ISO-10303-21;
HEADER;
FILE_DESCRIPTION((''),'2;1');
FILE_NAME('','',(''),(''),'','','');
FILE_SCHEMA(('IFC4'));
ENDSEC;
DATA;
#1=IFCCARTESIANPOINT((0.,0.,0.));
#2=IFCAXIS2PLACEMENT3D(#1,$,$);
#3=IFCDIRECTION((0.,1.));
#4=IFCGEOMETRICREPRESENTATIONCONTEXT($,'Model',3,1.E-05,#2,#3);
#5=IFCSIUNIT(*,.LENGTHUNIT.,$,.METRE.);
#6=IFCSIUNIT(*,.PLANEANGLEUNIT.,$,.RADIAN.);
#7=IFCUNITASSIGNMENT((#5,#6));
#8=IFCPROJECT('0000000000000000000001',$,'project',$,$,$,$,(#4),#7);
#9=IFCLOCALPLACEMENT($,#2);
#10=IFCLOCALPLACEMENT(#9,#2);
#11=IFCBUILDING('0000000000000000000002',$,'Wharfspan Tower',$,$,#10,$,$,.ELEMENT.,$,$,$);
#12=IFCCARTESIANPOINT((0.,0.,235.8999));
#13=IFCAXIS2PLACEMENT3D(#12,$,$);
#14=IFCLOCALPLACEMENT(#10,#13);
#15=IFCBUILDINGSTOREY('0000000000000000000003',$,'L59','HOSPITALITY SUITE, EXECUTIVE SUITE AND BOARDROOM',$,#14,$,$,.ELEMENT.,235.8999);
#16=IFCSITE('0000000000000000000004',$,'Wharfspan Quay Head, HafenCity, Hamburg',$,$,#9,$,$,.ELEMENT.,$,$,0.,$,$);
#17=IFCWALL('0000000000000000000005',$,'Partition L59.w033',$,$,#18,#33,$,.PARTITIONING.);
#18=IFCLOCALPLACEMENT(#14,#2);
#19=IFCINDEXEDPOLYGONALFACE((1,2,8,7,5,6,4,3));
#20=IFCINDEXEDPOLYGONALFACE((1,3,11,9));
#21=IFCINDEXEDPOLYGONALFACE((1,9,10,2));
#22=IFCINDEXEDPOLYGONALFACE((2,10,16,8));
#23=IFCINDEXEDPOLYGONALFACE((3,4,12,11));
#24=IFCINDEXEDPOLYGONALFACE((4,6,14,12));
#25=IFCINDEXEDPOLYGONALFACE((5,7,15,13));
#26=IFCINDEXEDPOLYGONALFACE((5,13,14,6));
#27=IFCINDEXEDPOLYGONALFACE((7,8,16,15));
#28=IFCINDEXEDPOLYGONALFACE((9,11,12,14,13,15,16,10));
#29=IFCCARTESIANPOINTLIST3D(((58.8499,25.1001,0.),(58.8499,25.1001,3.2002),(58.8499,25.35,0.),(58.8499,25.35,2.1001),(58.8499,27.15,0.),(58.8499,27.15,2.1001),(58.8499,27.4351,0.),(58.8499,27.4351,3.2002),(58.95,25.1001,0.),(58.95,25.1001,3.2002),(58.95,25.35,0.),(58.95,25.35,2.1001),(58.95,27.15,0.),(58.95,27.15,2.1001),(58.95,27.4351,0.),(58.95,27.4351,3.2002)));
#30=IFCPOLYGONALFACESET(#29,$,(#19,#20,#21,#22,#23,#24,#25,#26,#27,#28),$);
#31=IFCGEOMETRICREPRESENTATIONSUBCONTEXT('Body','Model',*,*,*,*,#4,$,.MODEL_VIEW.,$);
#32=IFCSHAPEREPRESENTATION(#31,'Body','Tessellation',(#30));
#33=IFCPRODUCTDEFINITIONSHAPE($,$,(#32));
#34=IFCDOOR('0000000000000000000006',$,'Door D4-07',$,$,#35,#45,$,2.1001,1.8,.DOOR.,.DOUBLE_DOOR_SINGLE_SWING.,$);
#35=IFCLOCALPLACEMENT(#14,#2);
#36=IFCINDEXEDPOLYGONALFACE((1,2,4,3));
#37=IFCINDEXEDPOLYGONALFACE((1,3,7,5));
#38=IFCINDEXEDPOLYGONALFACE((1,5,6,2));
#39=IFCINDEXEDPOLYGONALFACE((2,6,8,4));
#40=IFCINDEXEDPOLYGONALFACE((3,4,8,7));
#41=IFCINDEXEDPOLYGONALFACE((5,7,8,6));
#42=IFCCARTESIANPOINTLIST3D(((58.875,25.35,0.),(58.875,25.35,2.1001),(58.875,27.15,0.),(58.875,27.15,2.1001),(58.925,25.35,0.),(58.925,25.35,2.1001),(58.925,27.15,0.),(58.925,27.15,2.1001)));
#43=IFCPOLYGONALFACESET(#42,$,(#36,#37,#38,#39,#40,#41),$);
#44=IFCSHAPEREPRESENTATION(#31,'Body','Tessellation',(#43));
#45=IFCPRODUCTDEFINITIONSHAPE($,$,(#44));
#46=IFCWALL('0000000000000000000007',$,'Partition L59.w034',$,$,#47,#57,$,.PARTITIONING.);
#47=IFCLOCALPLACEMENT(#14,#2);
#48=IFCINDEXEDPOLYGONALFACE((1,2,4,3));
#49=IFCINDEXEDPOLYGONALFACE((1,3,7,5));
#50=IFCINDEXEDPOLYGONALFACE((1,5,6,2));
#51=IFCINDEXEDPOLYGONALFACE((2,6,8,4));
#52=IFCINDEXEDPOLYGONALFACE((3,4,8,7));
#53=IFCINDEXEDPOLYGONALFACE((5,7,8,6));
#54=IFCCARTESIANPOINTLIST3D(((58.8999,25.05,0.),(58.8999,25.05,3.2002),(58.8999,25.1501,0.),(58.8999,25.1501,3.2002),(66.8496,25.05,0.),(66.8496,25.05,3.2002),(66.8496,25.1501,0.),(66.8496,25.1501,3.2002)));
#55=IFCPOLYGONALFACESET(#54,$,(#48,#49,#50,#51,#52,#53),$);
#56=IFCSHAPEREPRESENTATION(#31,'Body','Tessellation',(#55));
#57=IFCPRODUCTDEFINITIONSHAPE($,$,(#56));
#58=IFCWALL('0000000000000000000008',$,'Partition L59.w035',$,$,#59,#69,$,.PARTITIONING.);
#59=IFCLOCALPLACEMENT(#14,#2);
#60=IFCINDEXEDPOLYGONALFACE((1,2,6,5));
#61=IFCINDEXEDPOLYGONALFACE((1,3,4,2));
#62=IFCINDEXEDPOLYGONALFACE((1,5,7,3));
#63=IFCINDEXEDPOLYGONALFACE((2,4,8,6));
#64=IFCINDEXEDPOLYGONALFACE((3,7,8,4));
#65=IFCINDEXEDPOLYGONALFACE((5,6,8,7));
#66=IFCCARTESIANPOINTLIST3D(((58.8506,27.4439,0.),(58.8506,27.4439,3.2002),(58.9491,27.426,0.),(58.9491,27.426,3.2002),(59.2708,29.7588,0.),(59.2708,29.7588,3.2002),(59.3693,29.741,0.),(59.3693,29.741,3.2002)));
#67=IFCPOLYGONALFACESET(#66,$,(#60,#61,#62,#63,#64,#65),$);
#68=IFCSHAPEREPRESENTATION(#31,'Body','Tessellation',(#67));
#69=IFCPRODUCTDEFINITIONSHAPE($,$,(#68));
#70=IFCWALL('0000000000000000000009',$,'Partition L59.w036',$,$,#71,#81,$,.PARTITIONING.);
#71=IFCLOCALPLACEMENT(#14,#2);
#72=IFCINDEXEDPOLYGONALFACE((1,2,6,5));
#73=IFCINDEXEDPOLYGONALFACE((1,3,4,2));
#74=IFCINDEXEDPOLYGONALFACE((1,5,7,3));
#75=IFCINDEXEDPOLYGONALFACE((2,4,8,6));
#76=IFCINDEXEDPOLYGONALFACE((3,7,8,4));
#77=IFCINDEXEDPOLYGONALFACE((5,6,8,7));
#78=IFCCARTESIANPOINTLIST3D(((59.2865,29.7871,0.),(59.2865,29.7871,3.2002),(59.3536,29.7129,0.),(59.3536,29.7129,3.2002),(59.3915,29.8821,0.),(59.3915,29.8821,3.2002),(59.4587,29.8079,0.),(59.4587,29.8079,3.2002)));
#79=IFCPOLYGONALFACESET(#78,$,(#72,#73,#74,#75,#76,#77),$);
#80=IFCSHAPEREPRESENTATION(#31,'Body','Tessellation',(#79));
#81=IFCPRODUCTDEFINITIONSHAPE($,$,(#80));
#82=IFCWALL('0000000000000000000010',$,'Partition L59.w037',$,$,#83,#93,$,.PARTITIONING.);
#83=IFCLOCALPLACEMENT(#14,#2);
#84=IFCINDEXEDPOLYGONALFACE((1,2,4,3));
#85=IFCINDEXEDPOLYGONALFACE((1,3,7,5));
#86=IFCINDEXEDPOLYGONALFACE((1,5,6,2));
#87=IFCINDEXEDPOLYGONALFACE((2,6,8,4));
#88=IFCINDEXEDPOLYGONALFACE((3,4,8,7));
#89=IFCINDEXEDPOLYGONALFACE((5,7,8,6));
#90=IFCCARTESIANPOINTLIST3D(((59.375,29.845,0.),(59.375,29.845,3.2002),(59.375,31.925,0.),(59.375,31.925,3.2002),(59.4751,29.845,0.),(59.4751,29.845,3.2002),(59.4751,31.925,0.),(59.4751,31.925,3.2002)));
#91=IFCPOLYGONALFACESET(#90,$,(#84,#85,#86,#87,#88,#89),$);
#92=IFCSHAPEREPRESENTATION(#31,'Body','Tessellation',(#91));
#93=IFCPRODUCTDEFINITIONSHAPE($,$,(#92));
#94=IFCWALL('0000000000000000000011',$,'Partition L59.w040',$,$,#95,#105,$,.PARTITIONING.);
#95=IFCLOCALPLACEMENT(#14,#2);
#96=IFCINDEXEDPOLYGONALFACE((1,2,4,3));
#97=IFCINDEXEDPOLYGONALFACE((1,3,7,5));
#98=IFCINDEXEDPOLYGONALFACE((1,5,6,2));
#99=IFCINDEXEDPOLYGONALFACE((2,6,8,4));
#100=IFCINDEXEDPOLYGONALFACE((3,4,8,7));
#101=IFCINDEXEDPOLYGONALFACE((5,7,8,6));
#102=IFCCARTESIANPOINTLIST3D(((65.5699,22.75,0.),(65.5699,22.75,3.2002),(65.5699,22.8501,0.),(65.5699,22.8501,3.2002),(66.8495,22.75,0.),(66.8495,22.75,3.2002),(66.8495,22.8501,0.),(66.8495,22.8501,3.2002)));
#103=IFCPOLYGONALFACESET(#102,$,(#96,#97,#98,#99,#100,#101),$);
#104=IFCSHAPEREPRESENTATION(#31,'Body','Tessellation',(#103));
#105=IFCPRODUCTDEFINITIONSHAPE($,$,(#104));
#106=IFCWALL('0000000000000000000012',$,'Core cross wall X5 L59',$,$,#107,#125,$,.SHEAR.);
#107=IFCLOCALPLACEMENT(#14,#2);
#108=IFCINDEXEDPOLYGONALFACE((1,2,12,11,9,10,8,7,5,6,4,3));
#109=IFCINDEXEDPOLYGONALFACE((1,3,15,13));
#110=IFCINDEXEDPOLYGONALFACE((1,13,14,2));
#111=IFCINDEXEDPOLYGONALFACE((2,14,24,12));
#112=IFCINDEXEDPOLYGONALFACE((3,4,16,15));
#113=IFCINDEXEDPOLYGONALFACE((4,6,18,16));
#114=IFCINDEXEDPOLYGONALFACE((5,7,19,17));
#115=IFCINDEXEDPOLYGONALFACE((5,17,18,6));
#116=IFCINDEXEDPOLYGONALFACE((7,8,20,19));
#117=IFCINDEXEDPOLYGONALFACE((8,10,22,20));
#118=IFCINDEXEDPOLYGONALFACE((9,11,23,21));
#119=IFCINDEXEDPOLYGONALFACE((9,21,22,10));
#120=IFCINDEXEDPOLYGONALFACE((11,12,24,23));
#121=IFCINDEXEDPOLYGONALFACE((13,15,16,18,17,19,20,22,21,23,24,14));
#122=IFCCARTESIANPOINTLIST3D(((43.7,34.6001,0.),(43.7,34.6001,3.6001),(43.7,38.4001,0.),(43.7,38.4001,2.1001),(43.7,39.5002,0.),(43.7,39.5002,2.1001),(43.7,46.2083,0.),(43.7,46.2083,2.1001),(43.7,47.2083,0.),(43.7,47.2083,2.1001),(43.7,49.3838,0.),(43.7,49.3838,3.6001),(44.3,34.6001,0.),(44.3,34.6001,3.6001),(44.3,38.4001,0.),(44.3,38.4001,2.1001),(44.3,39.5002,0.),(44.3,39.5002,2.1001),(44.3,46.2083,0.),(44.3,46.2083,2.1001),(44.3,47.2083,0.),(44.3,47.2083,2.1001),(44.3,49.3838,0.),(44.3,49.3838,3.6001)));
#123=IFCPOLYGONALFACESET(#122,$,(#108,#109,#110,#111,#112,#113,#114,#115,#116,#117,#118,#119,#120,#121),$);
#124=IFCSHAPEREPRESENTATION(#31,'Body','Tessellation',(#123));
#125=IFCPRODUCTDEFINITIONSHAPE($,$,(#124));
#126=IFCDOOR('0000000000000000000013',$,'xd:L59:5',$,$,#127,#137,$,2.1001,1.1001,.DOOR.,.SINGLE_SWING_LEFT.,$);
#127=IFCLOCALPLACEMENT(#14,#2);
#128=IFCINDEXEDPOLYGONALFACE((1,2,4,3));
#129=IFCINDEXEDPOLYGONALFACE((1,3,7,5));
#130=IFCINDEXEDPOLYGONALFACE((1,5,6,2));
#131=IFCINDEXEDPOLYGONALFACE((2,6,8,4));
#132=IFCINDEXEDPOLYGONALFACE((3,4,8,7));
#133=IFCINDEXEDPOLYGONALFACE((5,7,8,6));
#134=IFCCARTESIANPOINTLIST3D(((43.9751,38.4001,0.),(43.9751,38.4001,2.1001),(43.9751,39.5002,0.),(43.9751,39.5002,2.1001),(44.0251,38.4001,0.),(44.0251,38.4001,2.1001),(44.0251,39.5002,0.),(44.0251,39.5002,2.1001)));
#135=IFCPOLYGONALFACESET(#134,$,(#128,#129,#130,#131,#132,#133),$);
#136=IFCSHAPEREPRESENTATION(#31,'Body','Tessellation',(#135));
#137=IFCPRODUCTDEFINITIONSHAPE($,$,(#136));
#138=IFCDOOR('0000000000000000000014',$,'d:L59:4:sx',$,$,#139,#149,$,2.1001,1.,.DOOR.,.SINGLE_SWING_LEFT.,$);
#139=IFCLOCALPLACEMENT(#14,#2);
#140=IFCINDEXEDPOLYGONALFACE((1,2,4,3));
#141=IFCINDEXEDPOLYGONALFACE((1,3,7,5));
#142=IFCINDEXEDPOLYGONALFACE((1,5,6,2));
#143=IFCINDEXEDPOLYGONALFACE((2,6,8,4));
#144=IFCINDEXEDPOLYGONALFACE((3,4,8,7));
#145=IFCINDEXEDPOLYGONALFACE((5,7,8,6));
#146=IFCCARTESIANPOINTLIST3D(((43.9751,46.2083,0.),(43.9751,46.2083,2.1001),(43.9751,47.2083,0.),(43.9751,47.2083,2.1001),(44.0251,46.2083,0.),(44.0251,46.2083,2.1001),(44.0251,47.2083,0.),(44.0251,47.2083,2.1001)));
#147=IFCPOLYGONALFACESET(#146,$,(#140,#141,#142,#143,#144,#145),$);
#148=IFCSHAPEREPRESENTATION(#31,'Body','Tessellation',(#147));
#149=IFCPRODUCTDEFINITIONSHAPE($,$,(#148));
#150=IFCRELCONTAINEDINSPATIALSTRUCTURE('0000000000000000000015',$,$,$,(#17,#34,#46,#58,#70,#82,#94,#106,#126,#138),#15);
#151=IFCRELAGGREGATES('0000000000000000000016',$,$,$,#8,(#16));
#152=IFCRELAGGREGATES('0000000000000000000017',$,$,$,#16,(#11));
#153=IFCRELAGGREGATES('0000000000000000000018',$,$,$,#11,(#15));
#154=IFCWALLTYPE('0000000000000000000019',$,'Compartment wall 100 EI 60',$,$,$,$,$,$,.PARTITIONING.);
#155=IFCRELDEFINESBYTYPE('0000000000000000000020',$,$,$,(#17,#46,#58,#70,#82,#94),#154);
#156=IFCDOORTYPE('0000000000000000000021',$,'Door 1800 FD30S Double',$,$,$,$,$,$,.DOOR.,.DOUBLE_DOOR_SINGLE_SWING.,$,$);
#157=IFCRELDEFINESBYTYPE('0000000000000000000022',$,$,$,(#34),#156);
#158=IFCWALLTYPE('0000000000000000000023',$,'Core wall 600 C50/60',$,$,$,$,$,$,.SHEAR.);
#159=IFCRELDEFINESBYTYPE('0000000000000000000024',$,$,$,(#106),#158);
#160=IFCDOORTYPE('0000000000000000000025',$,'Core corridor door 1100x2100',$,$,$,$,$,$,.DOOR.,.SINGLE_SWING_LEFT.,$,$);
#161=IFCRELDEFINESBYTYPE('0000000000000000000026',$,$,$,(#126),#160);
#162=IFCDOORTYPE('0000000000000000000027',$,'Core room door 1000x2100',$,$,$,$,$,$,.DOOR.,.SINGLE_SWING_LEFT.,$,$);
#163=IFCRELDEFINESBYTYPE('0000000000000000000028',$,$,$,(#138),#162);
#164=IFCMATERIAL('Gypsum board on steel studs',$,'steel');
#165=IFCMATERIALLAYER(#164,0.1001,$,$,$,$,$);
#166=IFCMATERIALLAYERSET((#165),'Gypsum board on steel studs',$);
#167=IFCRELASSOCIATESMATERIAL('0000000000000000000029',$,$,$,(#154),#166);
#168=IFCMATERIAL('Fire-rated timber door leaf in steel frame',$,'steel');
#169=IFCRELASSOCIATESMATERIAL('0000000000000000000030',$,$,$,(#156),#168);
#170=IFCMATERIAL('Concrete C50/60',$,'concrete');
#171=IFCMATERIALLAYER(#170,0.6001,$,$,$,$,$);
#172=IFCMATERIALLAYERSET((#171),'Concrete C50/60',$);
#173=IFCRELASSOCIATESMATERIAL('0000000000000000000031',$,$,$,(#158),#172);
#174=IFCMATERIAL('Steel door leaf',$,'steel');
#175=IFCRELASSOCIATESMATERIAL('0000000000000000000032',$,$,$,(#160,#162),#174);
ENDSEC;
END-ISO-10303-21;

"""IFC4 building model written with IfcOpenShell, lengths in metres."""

from ifc_helpers import new_model, si_unit, direction, frame, frame_2d, origin, place, context, subcontext, project, spatial, rectangle, extrude, material, layer, layer_set, type_object, element, fill, save


model = new_model("IFC4")

# Units and contexts
model_context = context("Model", 3, precision=1e-05, world=origin(), true_north=direction((0.0, 1.0)))
body_context = subcontext(model_context, "Body", "Model", "MODEL_VIEW")
ifc_project = project(units=[si_unit("LENGTHUNIT", "METRE"), si_unit("PLANEANGLEUNIT", "RADIAN")], contexts=[model_context])

# Site, building, storey
site_placement = place(None, origin())
site = spatial("IfcSite", under=ifc_project, at=site_placement, Name="Wharfspan Quay Head, HafenCity, Hamburg", CompositionType="ELEMENT", RefElevation=0.0)
building_placement = place(site_placement, origin())
building = spatial("IfcBuilding", under=site, at=building_placement, Name="Wharfspan Tower", CompositionType="ELEMENT")
storey_placement = place(building_placement, frame((0.0, 0.0, 235.8999)))
storey = spatial("IfcBuildingStorey", under=building, at=storey_placement, Name="L59", Description="HOSPITALITY SUITE, EXECUTIVE SUITE AND BOARDROOM", CompositionType="ELEMENT", Elevation=235.8999)

# Shared definitions
ifc_material_1 = material(Name="Gypsum board on steel studs", Category="steel")
ifc_layer_1 = layer(ifc_material_1, 0.1001)
ifc_layer_set_1 = layer_set([ifc_layer_1], Name="Gypsum board on steel studs")
wall_type_1 = type_object("IfcWallType", Name="Compartment wall 100 EI 60", PredefinedType="PARTITIONING", material=ifc_layer_set_1)
ifc_material_2 = material(Name="Fire-rated timber door leaf in steel frame", Category="steel")

# Wall, opening, door
wall_1_placement = place(storey_placement, frame((58.8999, 25.1001, 0.0), z_axis=(0.0, 0.0, 1.0), x_axis=(0.0, 1.0, 0.0)))
wall_1 = element("IfcWall", 1, at=wall_1_placement, inside=storey, type_object=wall_type_1, Name="Partition L59.w033", PredefinedType="PARTITIONING", context=body_context, shape_type="SweptSolid", body=[
    extrude(rectangle(XDim=2.335, YDim=0.1001, at=frame_2d((1.1675, 0.0))), origin(), (0.0, 0.0, 1.0), 3.2002),
])
opening_1_placement = place(wall_1_placement, frame((0.25, 0.0, 0.0)))
opening_1 = element("IfcOpeningElement", 2, at=opening_1_placement, cuts=wall_1, PredefinedType="OPENING", context=body_context, shape_type="SweptSolid", body=[
    extrude(rectangle(XDim=1.8, YDim=2.1001, at=frame_2d((0.8999, 1.05))), frame((0.0, 0.0601, 0.0), z_axis=(0.0, -1.0, 0.0), x_axis=(1.0, 0.0, 0.0)), (0.0, 0.0, 1.0), 0.1201),
])
door_type_1 = type_object("IfcDoorType", Name="Door 1800 FD30S Double", OperationType="DOUBLE_DOOR_SINGLE_SWING", PredefinedType="DOOR", material=ifc_material_2)
door_1_placement = place(opening_1_placement, origin())
door_1 = element("IfcDoor", 3, at=door_1_placement, inside=storey, type_object=door_type_1, Name="Door D4-07", OperationType="DOUBLE_DOOR_SINGLE_SWING", OverallHeight=2.1001, OverallWidth=1.8, PredefinedType="DOOR", context=body_context, shape_type="SweptSolid", body=[
    extrude(rectangle(XDim=1.8, YDim=2.1001, at=frame_2d((0.8999, 1.05))), frame((0.0, 0.0249, 0.0), z_axis=(0.0, -1.0, 0.0), x_axis=(1.0, 0.0, 0.0)), (0.0, 0.0, 1.0), 0.05),
])
fill(opening_1, door_1)

# Walls
wall_2_placement = place(storey_placement, frame((58.8999, 25.1001, 0.0), z_axis=(0.0, 0.0, 1.0), x_axis=(1.0, 0.0, 0.0)))
element("IfcWall", 4, at=wall_2_placement, inside=storey, type_object=wall_type_1, Name="Partition L59.w034", PredefinedType="PARTITIONING", context=body_context, shape_type="SweptSolid", body=[
    extrude(rectangle(XDim=7.9497, YDim=0.1001, at=frame_2d((3.9749, 0.0))), origin(), (0.0, 0.0, 1.0), 3.2002),
])
wall_3_placement = place(storey_placement, frame((58.8999, 27.4351, 0.0), z_axis=(0.0, 0.0, 1.0), x_axis=(0.178584, 0.983924, 0.0)))
element("IfcWall", 5, at=wall_3_placement, inside=storey, type_object=wall_type_1, Name="Partition L59.w035", PredefinedType="PARTITIONING", context=body_context, shape_type="SweptSolid", body=[
    extrude(rectangle(XDim=2.3528, YDim=0.1001, at=frame_2d((1.1763, 0.0))), origin(), (0.0, 0.0, 1.0), 3.2002),
])
wall_4_placement = place(storey_placement, frame((59.3201, 29.75, 0.0), z_axis=(0.0, 0.0, 1.0), x_axis=(0.741581, 0.670872, 0.0)))
element("IfcWall", 6, at=wall_4_placement, inside=storey, type_object=wall_type_1, Name="Partition L59.w036", PredefinedType="PARTITIONING", context=body_context, shape_type="SweptSolid", body=[
    extrude(rectangle(XDim=0.1416, YDim=0.1001, at=frame_2d((0.0708, 0.0))), origin(), (0.0, 0.0, 1.0), 3.2002),
])
wall_5_placement = place(storey_placement, frame((59.425, 29.845, 0.0), z_axis=(0.0, 0.0, 1.0), x_axis=(0.0, 1.0, 0.0)))
element("IfcWall", 7, at=wall_5_placement, inside=storey, type_object=wall_type_1, Name="Partition L59.w037", PredefinedType="PARTITIONING", context=body_context, shape_type="SweptSolid", body=[
    extrude(rectangle(XDim=2.0801, YDim=0.1001, at=frame_2d((1.04, 0.0))), origin(), (0.0, 0.0, 1.0), 3.2002),
])
wall_6_placement = place(storey_placement, frame((65.5701, 22.8, 0.0), z_axis=(0.0, 0.0, 1.0), x_axis=(1.0, 0.0, 0.0)))
element("IfcWall", 8, at=wall_6_placement, inside=storey, type_object=wall_type_1, Name="Partition L59.w040", PredefinedType="PARTITIONING", context=body_context, shape_type="SweptSolid", body=[
    extrude(rectangle(XDim=1.2795, YDim=0.1001, at=frame_2d((0.6396, 0.0))), origin(), (0.0, 0.0, 1.0), 3.2002),
])

# Wall, openings, doors
ifc_material_3 = material(Name="Concrete C50/60", Category="concrete")
ifc_layer_2 = layer(ifc_material_3, 0.6001)
ifc_layer_set_2 = layer_set([ifc_layer_2], Name="Concrete C50/60")
wall_type_2 = type_object("IfcWallType", Name="Core wall 600 C50/60", PredefinedType="SHEAR", material=ifc_layer_set_2)
wall_7_placement = place(storey_placement, frame((44.0, 34.6001, 0.0), z_axis=(0.0, 0.0, 1.0), x_axis=(0.0, 1.0, 0.0)))
wall_7 = element("IfcWall", 9, at=wall_7_placement, inside=storey, type_object=wall_type_2, Name="Core cross wall X5 L59", PredefinedType="SHEAR", context=body_context, shape_type="SweptSolid", body=[
    extrude(rectangle(XDim=14.7837, YDim=0.6001, at=frame_2d((7.3918, 0.0))), origin(), (0.0, 0.0, 1.0), 3.6001),
])
opening_2_placement = place(wall_7_placement, frame((11.6082, 0.0, 0.0)))
opening_2 = element("IfcOpeningElement", 10, at=opening_2_placement, cuts=wall_7, PredefinedType="OPENING", context=body_context, shape_type="SweptSolid", body=[
    extrude(rectangle(XDim=1.0, YDim=2.1001, at=frame_2d((0.5, 1.05))), frame((0.0, 0.3101, 0.0), z_axis=(0.0, -1.0, 0.0), x_axis=(1.0, 0.0, 0.0)), (0.0, 0.0, 1.0), 0.6201),
])
opening_3_placement = place(wall_7_placement, frame((3.8, 0.0, 0.0)))
opening_3 = element("IfcOpeningElement", 11, at=opening_3_placement, cuts=wall_7, PredefinedType="OPENING", context=body_context, shape_type="SweptSolid", body=[
    extrude(rectangle(XDim=1.1001, YDim=2.1001, at=frame_2d((0.55, 1.05))), frame((0.0, 0.3101, 0.0), z_axis=(0.0, -1.0, 0.0), x_axis=(1.0, 0.0, 0.0)), (0.0, 0.0, 1.0), 0.6201),
])
ifc_material_4 = material(Name="Steel door leaf", Category="steel")
door_type_2 = type_object("IfcDoorType", Name="Core corridor door 1100x2100", OperationType="SINGLE_SWING_LEFT", PredefinedType="DOOR", material=ifc_material_4)
door_2_placement = place(opening_3_placement, origin())
door_2 = element("IfcDoor", 12, at=door_2_placement, inside=storey, type_object=door_type_2, Name="xd:L59:5", OperationType="SINGLE_SWING_LEFT", OverallHeight=2.1001, OverallWidth=1.1001, PredefinedType="DOOR", context=body_context, shape_type="SweptSolid", body=[
    extrude(rectangle(XDim=1.1001, YDim=2.1001, at=frame_2d((0.55, 1.05))), frame((0.0, 0.0249, 0.0), z_axis=(0.0, -1.0, 0.0), x_axis=(1.0, 0.0, 0.0)), (0.0, 0.0, 1.0), 0.05),
])
fill(opening_3, door_2)
door_type_3 = type_object("IfcDoorType", Name="Core room door 1000x2100", OperationType="SINGLE_SWING_LEFT", PredefinedType="DOOR", material=ifc_material_4)
door_3_placement = place(opening_2_placement, origin())
door_3 = element("IfcDoor", 13, at=door_3_placement, inside=storey, type_object=door_type_3, Name="d:L59:4:sx", OperationType="SINGLE_SWING_LEFT", OverallHeight=2.1001, OverallWidth=1.0, PredefinedType="DOOR", context=body_context, shape_type="SweptSolid", body=[
    extrude(rectangle(XDim=1.0, YDim=2.1001, at=frame_2d((0.5, 1.05))), frame((0.0, 0.0249, 0.0), z_axis=(0.0, -1.0, 0.0), x_axis=(1.0, 0.0, 0.0)), (0.0, 0.0, 1.0), 0.05),
])
fill(opening_2, door_3)

save(model, "model.ifc")
